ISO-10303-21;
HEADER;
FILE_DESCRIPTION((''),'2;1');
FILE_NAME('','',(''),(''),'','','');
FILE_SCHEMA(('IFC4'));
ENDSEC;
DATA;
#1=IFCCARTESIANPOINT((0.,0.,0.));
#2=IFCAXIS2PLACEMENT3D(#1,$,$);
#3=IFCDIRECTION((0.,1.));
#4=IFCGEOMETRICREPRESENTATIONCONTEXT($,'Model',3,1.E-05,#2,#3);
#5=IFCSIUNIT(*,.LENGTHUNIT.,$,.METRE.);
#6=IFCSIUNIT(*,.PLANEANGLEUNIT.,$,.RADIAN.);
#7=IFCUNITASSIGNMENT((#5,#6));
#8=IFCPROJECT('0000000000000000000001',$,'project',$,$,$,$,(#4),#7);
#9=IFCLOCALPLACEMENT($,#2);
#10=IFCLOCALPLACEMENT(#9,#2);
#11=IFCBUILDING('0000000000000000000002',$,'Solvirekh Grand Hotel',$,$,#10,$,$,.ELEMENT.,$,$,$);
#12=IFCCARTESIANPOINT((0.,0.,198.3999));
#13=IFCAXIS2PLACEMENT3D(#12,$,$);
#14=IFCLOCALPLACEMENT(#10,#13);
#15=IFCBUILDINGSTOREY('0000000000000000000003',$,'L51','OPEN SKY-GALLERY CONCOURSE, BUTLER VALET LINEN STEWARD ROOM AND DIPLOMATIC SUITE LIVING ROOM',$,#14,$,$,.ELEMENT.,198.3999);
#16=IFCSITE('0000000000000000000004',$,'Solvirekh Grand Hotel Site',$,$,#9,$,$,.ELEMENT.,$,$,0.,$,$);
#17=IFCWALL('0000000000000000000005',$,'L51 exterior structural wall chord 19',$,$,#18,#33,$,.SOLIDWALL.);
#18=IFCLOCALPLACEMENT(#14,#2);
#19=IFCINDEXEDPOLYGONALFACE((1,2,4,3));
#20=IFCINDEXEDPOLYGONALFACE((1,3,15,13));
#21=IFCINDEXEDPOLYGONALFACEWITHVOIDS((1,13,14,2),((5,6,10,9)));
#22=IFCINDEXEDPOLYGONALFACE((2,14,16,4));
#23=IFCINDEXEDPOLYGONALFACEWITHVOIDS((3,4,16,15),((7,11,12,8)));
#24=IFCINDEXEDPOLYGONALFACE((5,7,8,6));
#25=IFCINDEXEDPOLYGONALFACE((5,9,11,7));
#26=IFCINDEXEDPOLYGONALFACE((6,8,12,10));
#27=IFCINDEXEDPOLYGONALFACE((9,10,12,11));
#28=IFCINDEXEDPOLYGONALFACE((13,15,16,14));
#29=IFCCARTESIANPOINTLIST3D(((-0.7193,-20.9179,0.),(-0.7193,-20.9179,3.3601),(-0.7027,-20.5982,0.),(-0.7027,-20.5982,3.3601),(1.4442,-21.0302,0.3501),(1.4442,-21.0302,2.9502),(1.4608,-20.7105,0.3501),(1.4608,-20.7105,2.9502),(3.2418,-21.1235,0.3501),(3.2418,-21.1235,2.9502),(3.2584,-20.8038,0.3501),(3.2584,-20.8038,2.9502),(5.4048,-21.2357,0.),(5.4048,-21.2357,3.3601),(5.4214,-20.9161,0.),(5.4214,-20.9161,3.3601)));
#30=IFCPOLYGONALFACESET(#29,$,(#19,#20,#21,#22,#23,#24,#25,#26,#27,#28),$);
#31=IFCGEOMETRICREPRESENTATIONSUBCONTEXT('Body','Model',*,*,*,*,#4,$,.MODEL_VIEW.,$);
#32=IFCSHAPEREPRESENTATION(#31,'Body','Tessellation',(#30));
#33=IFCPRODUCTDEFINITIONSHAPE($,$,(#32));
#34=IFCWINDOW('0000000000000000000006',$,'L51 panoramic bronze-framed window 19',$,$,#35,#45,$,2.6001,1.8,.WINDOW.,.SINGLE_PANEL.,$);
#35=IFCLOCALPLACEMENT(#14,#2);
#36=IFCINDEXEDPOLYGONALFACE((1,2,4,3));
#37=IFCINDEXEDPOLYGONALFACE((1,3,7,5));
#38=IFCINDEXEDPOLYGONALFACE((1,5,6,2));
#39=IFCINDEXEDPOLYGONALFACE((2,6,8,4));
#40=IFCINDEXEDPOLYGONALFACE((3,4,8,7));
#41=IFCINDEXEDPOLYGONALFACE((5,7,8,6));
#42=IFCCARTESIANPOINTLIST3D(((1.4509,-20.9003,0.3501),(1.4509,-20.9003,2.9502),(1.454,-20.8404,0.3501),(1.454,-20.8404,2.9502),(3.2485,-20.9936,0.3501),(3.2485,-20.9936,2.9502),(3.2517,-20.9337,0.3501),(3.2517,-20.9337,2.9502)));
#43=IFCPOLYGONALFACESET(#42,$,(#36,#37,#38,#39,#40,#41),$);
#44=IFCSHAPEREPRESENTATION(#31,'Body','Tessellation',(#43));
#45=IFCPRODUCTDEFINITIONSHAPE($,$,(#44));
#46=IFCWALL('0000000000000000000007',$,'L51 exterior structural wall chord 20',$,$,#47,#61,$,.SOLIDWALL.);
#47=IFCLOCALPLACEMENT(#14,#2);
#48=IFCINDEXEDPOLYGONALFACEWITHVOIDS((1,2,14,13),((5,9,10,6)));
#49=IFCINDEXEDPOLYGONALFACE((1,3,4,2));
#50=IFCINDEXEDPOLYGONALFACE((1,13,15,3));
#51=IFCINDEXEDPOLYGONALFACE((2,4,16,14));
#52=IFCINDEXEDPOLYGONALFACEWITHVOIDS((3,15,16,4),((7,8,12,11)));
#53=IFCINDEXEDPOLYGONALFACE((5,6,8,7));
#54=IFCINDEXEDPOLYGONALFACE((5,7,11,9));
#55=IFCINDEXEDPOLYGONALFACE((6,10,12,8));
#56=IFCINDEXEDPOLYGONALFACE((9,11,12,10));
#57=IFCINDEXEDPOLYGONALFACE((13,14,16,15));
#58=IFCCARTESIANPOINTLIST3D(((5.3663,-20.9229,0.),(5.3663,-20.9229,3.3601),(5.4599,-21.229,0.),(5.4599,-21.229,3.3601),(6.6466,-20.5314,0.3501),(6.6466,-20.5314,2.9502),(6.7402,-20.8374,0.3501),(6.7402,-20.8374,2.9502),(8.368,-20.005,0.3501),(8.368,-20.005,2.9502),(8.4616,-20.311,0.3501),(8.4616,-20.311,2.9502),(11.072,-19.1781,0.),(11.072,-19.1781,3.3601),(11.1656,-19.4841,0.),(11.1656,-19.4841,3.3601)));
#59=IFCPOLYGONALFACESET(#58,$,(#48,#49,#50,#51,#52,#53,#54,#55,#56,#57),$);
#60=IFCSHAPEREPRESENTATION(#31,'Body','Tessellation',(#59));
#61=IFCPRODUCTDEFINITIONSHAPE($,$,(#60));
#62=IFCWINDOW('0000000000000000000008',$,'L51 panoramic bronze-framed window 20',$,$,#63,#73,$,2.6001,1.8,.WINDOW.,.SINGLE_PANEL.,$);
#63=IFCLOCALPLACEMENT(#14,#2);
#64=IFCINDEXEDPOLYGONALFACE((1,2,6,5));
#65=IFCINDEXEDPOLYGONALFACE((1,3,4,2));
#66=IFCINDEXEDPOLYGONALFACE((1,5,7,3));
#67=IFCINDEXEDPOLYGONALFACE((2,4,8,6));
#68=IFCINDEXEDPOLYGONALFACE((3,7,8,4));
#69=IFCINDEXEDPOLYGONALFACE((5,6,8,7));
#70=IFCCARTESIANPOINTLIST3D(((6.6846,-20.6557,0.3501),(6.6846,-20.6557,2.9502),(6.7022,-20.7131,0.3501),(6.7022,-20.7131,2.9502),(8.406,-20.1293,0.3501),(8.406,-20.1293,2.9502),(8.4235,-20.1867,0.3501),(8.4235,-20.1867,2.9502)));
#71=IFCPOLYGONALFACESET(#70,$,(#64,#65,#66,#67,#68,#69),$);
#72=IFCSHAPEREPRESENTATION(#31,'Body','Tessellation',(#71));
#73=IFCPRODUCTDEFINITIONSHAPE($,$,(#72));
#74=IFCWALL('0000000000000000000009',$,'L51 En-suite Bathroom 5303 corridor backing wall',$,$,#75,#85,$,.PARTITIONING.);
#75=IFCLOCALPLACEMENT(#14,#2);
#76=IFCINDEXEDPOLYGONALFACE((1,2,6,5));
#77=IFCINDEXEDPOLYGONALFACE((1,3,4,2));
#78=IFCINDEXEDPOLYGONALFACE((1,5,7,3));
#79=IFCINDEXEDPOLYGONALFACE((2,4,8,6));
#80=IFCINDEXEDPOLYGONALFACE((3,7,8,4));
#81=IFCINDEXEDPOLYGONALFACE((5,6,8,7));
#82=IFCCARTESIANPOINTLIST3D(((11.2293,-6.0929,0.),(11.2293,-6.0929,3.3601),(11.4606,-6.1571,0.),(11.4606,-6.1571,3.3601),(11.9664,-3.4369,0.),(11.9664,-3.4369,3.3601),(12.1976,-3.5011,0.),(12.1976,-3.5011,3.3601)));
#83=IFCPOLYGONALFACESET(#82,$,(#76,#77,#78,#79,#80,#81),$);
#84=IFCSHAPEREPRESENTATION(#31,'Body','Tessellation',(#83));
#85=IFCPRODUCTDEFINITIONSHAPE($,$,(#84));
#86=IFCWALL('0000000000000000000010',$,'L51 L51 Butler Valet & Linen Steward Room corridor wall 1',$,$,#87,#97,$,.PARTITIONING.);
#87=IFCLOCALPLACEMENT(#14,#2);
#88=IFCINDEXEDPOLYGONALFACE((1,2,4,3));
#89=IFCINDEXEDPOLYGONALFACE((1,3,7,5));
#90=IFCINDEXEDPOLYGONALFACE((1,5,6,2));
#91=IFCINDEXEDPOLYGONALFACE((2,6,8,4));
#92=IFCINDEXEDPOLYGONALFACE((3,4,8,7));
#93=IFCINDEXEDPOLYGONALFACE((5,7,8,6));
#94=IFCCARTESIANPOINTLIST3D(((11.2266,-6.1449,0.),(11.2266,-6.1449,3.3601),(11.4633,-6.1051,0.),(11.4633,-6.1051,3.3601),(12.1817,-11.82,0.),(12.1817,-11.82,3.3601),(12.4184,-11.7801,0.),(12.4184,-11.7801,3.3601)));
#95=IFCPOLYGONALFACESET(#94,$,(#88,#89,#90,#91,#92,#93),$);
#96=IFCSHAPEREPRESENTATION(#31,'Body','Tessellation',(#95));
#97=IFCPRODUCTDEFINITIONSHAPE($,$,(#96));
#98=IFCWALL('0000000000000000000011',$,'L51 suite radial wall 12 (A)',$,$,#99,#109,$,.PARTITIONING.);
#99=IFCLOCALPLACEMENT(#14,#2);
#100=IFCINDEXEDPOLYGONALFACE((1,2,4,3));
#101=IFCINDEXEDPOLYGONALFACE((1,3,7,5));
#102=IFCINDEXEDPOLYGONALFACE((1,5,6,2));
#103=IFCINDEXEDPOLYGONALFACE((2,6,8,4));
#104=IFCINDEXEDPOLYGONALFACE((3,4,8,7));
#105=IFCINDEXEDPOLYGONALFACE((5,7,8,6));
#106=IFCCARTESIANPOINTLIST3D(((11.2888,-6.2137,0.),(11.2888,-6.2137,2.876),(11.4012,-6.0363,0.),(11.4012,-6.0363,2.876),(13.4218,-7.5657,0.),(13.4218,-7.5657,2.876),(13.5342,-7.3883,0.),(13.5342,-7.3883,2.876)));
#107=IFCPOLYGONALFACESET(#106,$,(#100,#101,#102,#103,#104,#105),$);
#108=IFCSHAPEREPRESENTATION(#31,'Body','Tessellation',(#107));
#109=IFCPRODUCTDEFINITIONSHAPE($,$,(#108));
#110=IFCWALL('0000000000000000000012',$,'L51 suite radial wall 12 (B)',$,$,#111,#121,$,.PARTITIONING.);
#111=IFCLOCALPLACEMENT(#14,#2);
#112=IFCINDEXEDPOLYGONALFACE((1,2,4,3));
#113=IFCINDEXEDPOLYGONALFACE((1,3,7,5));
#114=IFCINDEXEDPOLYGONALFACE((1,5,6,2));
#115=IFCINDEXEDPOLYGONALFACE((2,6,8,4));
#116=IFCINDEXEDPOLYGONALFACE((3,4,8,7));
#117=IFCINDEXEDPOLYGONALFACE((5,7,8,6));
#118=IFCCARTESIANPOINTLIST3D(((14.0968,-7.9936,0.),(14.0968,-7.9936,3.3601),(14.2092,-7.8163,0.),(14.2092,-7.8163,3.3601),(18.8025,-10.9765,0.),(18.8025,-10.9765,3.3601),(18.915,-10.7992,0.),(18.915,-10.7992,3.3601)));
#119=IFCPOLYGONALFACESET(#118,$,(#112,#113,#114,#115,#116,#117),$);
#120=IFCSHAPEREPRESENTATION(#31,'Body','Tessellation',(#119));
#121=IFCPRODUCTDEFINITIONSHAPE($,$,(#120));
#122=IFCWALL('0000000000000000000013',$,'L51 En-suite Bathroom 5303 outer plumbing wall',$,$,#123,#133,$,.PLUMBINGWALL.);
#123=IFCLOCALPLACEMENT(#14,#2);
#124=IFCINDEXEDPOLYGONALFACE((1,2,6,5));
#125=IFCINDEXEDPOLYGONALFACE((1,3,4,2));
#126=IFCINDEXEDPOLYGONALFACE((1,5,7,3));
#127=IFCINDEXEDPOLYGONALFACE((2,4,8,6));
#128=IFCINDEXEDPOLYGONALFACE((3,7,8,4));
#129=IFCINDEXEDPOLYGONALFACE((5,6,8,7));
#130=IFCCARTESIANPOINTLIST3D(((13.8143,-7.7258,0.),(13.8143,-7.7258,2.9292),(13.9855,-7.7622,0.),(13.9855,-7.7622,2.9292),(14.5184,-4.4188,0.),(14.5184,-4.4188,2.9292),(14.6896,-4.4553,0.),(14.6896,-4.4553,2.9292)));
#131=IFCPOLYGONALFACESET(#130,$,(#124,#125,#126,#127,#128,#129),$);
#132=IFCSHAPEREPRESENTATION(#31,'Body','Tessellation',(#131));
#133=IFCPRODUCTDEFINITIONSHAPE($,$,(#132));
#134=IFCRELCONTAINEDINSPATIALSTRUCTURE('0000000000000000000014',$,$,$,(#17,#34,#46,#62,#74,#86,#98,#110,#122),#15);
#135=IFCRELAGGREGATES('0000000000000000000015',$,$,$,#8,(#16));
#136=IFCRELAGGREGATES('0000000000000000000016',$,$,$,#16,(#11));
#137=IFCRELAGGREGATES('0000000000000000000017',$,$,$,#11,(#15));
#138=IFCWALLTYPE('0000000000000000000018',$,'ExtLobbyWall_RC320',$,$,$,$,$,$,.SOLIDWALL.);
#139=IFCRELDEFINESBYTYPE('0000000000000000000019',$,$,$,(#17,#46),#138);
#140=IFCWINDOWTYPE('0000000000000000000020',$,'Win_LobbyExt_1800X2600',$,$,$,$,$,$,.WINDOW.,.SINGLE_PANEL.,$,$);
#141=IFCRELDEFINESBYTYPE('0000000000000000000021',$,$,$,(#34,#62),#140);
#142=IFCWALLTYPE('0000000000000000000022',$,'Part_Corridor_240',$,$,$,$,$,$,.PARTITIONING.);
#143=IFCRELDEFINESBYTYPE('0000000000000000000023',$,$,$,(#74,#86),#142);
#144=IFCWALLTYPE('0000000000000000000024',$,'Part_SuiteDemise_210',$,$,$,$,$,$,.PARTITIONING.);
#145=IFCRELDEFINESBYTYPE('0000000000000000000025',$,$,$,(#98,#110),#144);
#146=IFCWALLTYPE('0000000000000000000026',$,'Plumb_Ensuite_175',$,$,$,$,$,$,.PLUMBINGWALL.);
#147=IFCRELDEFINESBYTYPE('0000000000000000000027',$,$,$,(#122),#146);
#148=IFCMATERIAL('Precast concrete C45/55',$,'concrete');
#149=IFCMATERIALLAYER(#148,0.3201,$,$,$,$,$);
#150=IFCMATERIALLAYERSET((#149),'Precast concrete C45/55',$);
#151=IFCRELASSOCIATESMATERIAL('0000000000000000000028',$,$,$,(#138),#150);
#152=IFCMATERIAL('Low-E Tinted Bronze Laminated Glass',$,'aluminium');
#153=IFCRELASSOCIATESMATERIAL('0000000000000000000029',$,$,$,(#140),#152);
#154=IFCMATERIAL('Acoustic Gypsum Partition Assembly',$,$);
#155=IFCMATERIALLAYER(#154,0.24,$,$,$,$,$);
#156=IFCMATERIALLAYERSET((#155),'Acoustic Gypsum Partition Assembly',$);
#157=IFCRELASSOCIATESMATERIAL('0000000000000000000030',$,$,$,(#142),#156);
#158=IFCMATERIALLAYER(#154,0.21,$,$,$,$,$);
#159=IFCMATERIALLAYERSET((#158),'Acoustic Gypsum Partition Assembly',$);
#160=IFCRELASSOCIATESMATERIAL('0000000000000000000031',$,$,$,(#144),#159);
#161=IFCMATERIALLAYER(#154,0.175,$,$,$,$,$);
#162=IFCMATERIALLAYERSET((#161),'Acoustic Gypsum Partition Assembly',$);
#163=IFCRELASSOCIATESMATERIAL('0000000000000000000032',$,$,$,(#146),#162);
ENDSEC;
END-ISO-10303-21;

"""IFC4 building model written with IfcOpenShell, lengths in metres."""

from ifc_helpers import new_model, si_unit, direction, frame, frame_2d, origin, place, context, subcontext, project, spatial, rectangle, extrude, material, layer, layer_set, type_object, element, fill, save


model = new_model("IFC4")

# Units and contexts
model_context = context("Model", 3, precision=1e-05, world=origin(), true_north=direction((0.0, 1.0)))
body_context = subcontext(model_context, "Body", "Model", "MODEL_VIEW")
ifc_project = project(units=[si_unit("LENGTHUNIT", "METRE"), si_unit("PLANEANGLEUNIT", "RADIAN")], contexts=[model_context])

# Site, building, storey
site_placement = place(None, origin())
site = spatial("IfcSite", under=ifc_project, at=site_placement, Name="Solvirekh Grand Hotel Site", CompositionType="ELEMENT", RefElevation=0.0)
building_placement = place(site_placement, origin())
building = spatial("IfcBuilding", under=site, at=building_placement, Name="Solvirekh Grand Hotel", CompositionType="ELEMENT")
storey_placement = place(building_placement, frame((0.0, 0.0, 198.3999)))
storey = spatial("IfcBuildingStorey", under=building, at=storey_placement, Name="L51", Description="OPEN SKY-GALLERY CONCOURSE, BUTLER VALET LINEN STEWARD ROOM AND DIPLOMATIC SUITE LIVING ROOM", CompositionType="ELEMENT", Elevation=198.3999)

# Shared definitions
ifc_material_1 = material(Name="Low-E Tinted Bronze Laminated Glass", Category="aluminium")

# Walls, openings, windows
ifc_material_2 = material(Name="Precast concrete C45/55", Category="concrete")
ifc_layer_1 = layer(ifc_material_2, 0.3201)
ifc_layer_set_1 = layer_set([ifc_layer_1], Name="Precast concrete C45/55")
wall_type_1 = type_object("IfcWallType", Name="ExtLobbyWall_RC320", PredefinedType="SOLIDWALL", material=ifc_layer_set_1)
window_type = type_object("IfcWindowType", Name="Win_LobbyExt_1800X2600", PartitioningType="SINGLE_PANEL", PredefinedType="WINDOW", material=ifc_material_1)
wall_1_placement = place(storey_placement, frame((5.4131, -21.0759, 0.0), z_axis=(0.0, 0.0, 1.0), x_axis=(-0.998656, 0.051836, 0.0)))
wall_1 = element("IfcWall", 1, at=wall_1_placement, inside=storey, type_object=wall_type_1, Name="L51 exterior structural wall chord 19", PredefinedType="SOLIDWALL", context=body_context, shape_type="SweptSolid", body=[
    extrude(rectangle(XDim=6.1323, YDim=0.3201, at=frame_2d((3.0662, 0.0))), origin(), (0.0, 0.0, 1.0), 3.3601),
])
opening_1_placement = place(wall_1_placement, frame((2.166, 0.0, 0.3501)))
opening_1 = element("IfcOpeningElement", 2, at=opening_1_placement, cuts=wall_1, PredefinedType="OPENING", context=body_context, shape_type="SweptSolid", body=[
    extrude(rectangle(XDim=1.8, YDim=2.6001, at=frame_2d((0.8999, 1.3))), frame((0.0, 0.1699, 0.0), z_axis=(0.0, -1.0, 0.0), x_axis=(1.0, 0.0, 0.0)), (0.0, 0.0, 1.0), 0.3401),
])
window_1_placement = place(opening_1_placement, origin())
window_1 = element("IfcWindow", 3, at=window_1_placement, inside=storey, type_object=window_type, Name="L51 panoramic bronze-framed window 19", OverallHeight=2.6001, OverallWidth=1.8, PartitioningType="SINGLE_PANEL", PredefinedType="WINDOW", context=body_context, shape_type="SweptSolid", body=[
    extrude(rectangle(XDim=1.8, YDim=2.6001, at=frame_2d((0.8999, 1.3))), frame((0.0, 0.03, 0.0), z_axis=(0.0, -1.0, 0.0), x_axis=(1.0, 0.0, 0.0)), (0.0, 0.0, 1.0), 0.0601),
])
fill(opening_1, window_1)
wall_2_placement = place(storey_placement, frame((11.1189, -19.3311, 0.0), z_axis=(0.0, 0.0, 1.0), x_axis=(-0.956285, -0.292438, 0.0)))
wall_2 = element("IfcWall", 4, at=wall_2_placement, inside=storey, type_object=wall_type_1, Name="L51 exterior structural wall chord 20", PredefinedType="SOLIDWALL", context=body_context, shape_type="SweptSolid", body=[
    extrude(rectangle(XDim=5.9666, YDim=0.3201, at=frame_2d((2.9834, 0.0))), origin(), (0.0, 0.0, 1.0), 3.3601),
])
opening_2_placement = place(wall_2_placement, frame((2.8279, 0.0, 0.3501)))
opening_2 = element("IfcOpeningElement", 5, at=opening_2_placement, cuts=wall_2, PredefinedType="OPENING", context=body_context, shape_type="SweptSolid", body=[
    extrude(rectangle(XDim=1.8, YDim=2.6001, at=frame_2d((0.8999, 1.3))), frame((0.0, 0.1699, 0.0), z_axis=(0.0, -1.0, 0.0), x_axis=(1.0, 0.0, 0.0)), (0.0, 0.0, 1.0), 0.3401),
])
window_2_placement = place(opening_2_placement, origin())
window_2 = element("IfcWindow", 6, at=window_2_placement, inside=storey, type_object=window_type, Name="L51 panoramic bronze-framed window 20", OverallHeight=2.6001, OverallWidth=1.8, PartitioningType="SINGLE_PANEL", PredefinedType="WINDOW", context=body_context, shape_type="SweptSolid", body=[
    extrude(rectangle(XDim=1.8, YDim=2.6001, at=frame_2d((0.8999, 1.3))), frame((0.0, 0.03, 0.0), z_axis=(0.0, -1.0, 0.0), x_axis=(1.0, 0.0, 0.0)), (0.0, 0.0, 1.0), 0.0601),
])
fill(opening_2, window_2)

# Walls
ifc_material_3 = material(Name="Acoustic Gypsum Partition Assembly")
ifc_layer_2 = layer(ifc_material_3, 0.24)
ifc_layer_set_2 = layer_set([ifc_layer_2], Name="Acoustic Gypsum Partition Assembly")
wall_type_2 = type_object("IfcWallType", Name="Part_Corridor_240", PredefinedType="PARTITIONING", material=ifc_layer_set_2)
wall_3_placement = place(storey_placement, frame((11.345, -6.125, 0.0), z_axis=(0.0, 0.0, 1.0), x_axis=(0.267402, 0.963585, 0.0)))
element("IfcWall", 7, at=wall_3_placement, inside=storey, type_object=wall_type_2, Name="L51 En-suite Bathroom 5303 corridor backing wall", PredefinedType="PARTITIONING", context=body_context, shape_type="SweptSolid", body=[
    extrude(rectangle(XDim=2.7563, YDim=0.24, at=frame_2d((1.3782, 0.0))), origin(), (0.0, 0.0, 1.0), 3.3601),
])
wall_4_placement = place(storey_placement, frame((12.3, -11.8, 0.0), z_axis=(0.0, 0.0, 1.0), x_axis=(-0.16596, 0.986132, 0.0)))
element("IfcWall", 8, at=wall_4_placement, inside=storey, type_object=wall_type_2, Name="L51 L51 Butler Valet & Linen Steward Room corridor wall 1", PredefinedType="PARTITIONING", context=body_context, shape_type="SweptSolid", body=[
    extrude(rectangle(XDim=5.7549, YDim=0.24, at=frame_2d((2.8774, 0.0))), origin(), (0.0, 0.0, 1.0), 3.3601),
])
ifc_layer_3 = layer(ifc_material_3, 0.21)
ifc_layer_set_3 = layer_set([ifc_layer_3], Name="Acoustic Gypsum Partition Assembly")
wall_type_3 = type_object("IfcWallType", Name="Part_SuiteDemise_210", PredefinedType="PARTITIONING", material=ifc_layer_set_3)
wall_5_placement = place(storey_placement, frame((11.345, -6.125, 0.0), z_axis=(0.0, 0.0, 1.0), x_axis=(0.844619, -0.535367, 0.0)))
element("IfcWall", 9, at=wall_5_placement, inside=storey, type_object=wall_type_3, Name="L51 suite radial wall 12 (A)", PredefinedType="PARTITIONING", context=body_context, shape_type="SweptSolid", body=[
    extrude(rectangle(XDim=2.5254, YDim=0.21, at=frame_2d((1.2627, 0.0))), origin(), (0.0, 0.0, 1.0), 2.876),
])
wall_6_placement = place(storey_placement, frame((14.1531, -7.905, 0.0), z_axis=(0.0, 0.0, 1.0), x_axis=(0.844611, -0.53538, 0.0)))
element("IfcWall", 10, at=wall_6_placement, inside=storey, type_object=wall_type_3, Name="L51 suite radial wall 12 (B)", PredefinedType="PARTITIONING", context=body_context, shape_type="SweptSolid", body=[
    extrude(rectangle(XDim=5.5715, YDim=0.21, at=frame_2d((2.7856, 0.0))), origin(), (0.0, 0.0, 1.0), 3.3601),
])
ifc_layer_4 = layer(ifc_material_3, 0.175)
ifc_layer_set_4 = layer_set([ifc_layer_4], Name="Acoustic Gypsum Partition Assembly")
wall_type_4 = type_object("IfcWallType", Name="Plumb_Ensuite_175", PredefinedType="PLUMBINGWALL", material=ifc_layer_set_4)
wall_7_placement = place(storey_placement, frame((13.8999, -7.7439, 0.0), z_axis=(0.0, 0.0, 1.0), x_axis=(0.208252, 0.978075, 0.0)))
element("IfcWall", 11, at=wall_7_placement, inside=storey, type_object=wall_type_4, Name="L51 En-suite Bathroom 5303 outer plumbing wall", PredefinedType="PLUMBINGWALL", context=body_context, shape_type="SweptSolid", body=[
    extrude(rectangle(XDim=3.3811, YDim=0.175, at=frame_2d((1.6904, 0.0))), origin(), (0.0, 0.0, 1.0), 2.9292),
])

save(model, "model.ifc")
